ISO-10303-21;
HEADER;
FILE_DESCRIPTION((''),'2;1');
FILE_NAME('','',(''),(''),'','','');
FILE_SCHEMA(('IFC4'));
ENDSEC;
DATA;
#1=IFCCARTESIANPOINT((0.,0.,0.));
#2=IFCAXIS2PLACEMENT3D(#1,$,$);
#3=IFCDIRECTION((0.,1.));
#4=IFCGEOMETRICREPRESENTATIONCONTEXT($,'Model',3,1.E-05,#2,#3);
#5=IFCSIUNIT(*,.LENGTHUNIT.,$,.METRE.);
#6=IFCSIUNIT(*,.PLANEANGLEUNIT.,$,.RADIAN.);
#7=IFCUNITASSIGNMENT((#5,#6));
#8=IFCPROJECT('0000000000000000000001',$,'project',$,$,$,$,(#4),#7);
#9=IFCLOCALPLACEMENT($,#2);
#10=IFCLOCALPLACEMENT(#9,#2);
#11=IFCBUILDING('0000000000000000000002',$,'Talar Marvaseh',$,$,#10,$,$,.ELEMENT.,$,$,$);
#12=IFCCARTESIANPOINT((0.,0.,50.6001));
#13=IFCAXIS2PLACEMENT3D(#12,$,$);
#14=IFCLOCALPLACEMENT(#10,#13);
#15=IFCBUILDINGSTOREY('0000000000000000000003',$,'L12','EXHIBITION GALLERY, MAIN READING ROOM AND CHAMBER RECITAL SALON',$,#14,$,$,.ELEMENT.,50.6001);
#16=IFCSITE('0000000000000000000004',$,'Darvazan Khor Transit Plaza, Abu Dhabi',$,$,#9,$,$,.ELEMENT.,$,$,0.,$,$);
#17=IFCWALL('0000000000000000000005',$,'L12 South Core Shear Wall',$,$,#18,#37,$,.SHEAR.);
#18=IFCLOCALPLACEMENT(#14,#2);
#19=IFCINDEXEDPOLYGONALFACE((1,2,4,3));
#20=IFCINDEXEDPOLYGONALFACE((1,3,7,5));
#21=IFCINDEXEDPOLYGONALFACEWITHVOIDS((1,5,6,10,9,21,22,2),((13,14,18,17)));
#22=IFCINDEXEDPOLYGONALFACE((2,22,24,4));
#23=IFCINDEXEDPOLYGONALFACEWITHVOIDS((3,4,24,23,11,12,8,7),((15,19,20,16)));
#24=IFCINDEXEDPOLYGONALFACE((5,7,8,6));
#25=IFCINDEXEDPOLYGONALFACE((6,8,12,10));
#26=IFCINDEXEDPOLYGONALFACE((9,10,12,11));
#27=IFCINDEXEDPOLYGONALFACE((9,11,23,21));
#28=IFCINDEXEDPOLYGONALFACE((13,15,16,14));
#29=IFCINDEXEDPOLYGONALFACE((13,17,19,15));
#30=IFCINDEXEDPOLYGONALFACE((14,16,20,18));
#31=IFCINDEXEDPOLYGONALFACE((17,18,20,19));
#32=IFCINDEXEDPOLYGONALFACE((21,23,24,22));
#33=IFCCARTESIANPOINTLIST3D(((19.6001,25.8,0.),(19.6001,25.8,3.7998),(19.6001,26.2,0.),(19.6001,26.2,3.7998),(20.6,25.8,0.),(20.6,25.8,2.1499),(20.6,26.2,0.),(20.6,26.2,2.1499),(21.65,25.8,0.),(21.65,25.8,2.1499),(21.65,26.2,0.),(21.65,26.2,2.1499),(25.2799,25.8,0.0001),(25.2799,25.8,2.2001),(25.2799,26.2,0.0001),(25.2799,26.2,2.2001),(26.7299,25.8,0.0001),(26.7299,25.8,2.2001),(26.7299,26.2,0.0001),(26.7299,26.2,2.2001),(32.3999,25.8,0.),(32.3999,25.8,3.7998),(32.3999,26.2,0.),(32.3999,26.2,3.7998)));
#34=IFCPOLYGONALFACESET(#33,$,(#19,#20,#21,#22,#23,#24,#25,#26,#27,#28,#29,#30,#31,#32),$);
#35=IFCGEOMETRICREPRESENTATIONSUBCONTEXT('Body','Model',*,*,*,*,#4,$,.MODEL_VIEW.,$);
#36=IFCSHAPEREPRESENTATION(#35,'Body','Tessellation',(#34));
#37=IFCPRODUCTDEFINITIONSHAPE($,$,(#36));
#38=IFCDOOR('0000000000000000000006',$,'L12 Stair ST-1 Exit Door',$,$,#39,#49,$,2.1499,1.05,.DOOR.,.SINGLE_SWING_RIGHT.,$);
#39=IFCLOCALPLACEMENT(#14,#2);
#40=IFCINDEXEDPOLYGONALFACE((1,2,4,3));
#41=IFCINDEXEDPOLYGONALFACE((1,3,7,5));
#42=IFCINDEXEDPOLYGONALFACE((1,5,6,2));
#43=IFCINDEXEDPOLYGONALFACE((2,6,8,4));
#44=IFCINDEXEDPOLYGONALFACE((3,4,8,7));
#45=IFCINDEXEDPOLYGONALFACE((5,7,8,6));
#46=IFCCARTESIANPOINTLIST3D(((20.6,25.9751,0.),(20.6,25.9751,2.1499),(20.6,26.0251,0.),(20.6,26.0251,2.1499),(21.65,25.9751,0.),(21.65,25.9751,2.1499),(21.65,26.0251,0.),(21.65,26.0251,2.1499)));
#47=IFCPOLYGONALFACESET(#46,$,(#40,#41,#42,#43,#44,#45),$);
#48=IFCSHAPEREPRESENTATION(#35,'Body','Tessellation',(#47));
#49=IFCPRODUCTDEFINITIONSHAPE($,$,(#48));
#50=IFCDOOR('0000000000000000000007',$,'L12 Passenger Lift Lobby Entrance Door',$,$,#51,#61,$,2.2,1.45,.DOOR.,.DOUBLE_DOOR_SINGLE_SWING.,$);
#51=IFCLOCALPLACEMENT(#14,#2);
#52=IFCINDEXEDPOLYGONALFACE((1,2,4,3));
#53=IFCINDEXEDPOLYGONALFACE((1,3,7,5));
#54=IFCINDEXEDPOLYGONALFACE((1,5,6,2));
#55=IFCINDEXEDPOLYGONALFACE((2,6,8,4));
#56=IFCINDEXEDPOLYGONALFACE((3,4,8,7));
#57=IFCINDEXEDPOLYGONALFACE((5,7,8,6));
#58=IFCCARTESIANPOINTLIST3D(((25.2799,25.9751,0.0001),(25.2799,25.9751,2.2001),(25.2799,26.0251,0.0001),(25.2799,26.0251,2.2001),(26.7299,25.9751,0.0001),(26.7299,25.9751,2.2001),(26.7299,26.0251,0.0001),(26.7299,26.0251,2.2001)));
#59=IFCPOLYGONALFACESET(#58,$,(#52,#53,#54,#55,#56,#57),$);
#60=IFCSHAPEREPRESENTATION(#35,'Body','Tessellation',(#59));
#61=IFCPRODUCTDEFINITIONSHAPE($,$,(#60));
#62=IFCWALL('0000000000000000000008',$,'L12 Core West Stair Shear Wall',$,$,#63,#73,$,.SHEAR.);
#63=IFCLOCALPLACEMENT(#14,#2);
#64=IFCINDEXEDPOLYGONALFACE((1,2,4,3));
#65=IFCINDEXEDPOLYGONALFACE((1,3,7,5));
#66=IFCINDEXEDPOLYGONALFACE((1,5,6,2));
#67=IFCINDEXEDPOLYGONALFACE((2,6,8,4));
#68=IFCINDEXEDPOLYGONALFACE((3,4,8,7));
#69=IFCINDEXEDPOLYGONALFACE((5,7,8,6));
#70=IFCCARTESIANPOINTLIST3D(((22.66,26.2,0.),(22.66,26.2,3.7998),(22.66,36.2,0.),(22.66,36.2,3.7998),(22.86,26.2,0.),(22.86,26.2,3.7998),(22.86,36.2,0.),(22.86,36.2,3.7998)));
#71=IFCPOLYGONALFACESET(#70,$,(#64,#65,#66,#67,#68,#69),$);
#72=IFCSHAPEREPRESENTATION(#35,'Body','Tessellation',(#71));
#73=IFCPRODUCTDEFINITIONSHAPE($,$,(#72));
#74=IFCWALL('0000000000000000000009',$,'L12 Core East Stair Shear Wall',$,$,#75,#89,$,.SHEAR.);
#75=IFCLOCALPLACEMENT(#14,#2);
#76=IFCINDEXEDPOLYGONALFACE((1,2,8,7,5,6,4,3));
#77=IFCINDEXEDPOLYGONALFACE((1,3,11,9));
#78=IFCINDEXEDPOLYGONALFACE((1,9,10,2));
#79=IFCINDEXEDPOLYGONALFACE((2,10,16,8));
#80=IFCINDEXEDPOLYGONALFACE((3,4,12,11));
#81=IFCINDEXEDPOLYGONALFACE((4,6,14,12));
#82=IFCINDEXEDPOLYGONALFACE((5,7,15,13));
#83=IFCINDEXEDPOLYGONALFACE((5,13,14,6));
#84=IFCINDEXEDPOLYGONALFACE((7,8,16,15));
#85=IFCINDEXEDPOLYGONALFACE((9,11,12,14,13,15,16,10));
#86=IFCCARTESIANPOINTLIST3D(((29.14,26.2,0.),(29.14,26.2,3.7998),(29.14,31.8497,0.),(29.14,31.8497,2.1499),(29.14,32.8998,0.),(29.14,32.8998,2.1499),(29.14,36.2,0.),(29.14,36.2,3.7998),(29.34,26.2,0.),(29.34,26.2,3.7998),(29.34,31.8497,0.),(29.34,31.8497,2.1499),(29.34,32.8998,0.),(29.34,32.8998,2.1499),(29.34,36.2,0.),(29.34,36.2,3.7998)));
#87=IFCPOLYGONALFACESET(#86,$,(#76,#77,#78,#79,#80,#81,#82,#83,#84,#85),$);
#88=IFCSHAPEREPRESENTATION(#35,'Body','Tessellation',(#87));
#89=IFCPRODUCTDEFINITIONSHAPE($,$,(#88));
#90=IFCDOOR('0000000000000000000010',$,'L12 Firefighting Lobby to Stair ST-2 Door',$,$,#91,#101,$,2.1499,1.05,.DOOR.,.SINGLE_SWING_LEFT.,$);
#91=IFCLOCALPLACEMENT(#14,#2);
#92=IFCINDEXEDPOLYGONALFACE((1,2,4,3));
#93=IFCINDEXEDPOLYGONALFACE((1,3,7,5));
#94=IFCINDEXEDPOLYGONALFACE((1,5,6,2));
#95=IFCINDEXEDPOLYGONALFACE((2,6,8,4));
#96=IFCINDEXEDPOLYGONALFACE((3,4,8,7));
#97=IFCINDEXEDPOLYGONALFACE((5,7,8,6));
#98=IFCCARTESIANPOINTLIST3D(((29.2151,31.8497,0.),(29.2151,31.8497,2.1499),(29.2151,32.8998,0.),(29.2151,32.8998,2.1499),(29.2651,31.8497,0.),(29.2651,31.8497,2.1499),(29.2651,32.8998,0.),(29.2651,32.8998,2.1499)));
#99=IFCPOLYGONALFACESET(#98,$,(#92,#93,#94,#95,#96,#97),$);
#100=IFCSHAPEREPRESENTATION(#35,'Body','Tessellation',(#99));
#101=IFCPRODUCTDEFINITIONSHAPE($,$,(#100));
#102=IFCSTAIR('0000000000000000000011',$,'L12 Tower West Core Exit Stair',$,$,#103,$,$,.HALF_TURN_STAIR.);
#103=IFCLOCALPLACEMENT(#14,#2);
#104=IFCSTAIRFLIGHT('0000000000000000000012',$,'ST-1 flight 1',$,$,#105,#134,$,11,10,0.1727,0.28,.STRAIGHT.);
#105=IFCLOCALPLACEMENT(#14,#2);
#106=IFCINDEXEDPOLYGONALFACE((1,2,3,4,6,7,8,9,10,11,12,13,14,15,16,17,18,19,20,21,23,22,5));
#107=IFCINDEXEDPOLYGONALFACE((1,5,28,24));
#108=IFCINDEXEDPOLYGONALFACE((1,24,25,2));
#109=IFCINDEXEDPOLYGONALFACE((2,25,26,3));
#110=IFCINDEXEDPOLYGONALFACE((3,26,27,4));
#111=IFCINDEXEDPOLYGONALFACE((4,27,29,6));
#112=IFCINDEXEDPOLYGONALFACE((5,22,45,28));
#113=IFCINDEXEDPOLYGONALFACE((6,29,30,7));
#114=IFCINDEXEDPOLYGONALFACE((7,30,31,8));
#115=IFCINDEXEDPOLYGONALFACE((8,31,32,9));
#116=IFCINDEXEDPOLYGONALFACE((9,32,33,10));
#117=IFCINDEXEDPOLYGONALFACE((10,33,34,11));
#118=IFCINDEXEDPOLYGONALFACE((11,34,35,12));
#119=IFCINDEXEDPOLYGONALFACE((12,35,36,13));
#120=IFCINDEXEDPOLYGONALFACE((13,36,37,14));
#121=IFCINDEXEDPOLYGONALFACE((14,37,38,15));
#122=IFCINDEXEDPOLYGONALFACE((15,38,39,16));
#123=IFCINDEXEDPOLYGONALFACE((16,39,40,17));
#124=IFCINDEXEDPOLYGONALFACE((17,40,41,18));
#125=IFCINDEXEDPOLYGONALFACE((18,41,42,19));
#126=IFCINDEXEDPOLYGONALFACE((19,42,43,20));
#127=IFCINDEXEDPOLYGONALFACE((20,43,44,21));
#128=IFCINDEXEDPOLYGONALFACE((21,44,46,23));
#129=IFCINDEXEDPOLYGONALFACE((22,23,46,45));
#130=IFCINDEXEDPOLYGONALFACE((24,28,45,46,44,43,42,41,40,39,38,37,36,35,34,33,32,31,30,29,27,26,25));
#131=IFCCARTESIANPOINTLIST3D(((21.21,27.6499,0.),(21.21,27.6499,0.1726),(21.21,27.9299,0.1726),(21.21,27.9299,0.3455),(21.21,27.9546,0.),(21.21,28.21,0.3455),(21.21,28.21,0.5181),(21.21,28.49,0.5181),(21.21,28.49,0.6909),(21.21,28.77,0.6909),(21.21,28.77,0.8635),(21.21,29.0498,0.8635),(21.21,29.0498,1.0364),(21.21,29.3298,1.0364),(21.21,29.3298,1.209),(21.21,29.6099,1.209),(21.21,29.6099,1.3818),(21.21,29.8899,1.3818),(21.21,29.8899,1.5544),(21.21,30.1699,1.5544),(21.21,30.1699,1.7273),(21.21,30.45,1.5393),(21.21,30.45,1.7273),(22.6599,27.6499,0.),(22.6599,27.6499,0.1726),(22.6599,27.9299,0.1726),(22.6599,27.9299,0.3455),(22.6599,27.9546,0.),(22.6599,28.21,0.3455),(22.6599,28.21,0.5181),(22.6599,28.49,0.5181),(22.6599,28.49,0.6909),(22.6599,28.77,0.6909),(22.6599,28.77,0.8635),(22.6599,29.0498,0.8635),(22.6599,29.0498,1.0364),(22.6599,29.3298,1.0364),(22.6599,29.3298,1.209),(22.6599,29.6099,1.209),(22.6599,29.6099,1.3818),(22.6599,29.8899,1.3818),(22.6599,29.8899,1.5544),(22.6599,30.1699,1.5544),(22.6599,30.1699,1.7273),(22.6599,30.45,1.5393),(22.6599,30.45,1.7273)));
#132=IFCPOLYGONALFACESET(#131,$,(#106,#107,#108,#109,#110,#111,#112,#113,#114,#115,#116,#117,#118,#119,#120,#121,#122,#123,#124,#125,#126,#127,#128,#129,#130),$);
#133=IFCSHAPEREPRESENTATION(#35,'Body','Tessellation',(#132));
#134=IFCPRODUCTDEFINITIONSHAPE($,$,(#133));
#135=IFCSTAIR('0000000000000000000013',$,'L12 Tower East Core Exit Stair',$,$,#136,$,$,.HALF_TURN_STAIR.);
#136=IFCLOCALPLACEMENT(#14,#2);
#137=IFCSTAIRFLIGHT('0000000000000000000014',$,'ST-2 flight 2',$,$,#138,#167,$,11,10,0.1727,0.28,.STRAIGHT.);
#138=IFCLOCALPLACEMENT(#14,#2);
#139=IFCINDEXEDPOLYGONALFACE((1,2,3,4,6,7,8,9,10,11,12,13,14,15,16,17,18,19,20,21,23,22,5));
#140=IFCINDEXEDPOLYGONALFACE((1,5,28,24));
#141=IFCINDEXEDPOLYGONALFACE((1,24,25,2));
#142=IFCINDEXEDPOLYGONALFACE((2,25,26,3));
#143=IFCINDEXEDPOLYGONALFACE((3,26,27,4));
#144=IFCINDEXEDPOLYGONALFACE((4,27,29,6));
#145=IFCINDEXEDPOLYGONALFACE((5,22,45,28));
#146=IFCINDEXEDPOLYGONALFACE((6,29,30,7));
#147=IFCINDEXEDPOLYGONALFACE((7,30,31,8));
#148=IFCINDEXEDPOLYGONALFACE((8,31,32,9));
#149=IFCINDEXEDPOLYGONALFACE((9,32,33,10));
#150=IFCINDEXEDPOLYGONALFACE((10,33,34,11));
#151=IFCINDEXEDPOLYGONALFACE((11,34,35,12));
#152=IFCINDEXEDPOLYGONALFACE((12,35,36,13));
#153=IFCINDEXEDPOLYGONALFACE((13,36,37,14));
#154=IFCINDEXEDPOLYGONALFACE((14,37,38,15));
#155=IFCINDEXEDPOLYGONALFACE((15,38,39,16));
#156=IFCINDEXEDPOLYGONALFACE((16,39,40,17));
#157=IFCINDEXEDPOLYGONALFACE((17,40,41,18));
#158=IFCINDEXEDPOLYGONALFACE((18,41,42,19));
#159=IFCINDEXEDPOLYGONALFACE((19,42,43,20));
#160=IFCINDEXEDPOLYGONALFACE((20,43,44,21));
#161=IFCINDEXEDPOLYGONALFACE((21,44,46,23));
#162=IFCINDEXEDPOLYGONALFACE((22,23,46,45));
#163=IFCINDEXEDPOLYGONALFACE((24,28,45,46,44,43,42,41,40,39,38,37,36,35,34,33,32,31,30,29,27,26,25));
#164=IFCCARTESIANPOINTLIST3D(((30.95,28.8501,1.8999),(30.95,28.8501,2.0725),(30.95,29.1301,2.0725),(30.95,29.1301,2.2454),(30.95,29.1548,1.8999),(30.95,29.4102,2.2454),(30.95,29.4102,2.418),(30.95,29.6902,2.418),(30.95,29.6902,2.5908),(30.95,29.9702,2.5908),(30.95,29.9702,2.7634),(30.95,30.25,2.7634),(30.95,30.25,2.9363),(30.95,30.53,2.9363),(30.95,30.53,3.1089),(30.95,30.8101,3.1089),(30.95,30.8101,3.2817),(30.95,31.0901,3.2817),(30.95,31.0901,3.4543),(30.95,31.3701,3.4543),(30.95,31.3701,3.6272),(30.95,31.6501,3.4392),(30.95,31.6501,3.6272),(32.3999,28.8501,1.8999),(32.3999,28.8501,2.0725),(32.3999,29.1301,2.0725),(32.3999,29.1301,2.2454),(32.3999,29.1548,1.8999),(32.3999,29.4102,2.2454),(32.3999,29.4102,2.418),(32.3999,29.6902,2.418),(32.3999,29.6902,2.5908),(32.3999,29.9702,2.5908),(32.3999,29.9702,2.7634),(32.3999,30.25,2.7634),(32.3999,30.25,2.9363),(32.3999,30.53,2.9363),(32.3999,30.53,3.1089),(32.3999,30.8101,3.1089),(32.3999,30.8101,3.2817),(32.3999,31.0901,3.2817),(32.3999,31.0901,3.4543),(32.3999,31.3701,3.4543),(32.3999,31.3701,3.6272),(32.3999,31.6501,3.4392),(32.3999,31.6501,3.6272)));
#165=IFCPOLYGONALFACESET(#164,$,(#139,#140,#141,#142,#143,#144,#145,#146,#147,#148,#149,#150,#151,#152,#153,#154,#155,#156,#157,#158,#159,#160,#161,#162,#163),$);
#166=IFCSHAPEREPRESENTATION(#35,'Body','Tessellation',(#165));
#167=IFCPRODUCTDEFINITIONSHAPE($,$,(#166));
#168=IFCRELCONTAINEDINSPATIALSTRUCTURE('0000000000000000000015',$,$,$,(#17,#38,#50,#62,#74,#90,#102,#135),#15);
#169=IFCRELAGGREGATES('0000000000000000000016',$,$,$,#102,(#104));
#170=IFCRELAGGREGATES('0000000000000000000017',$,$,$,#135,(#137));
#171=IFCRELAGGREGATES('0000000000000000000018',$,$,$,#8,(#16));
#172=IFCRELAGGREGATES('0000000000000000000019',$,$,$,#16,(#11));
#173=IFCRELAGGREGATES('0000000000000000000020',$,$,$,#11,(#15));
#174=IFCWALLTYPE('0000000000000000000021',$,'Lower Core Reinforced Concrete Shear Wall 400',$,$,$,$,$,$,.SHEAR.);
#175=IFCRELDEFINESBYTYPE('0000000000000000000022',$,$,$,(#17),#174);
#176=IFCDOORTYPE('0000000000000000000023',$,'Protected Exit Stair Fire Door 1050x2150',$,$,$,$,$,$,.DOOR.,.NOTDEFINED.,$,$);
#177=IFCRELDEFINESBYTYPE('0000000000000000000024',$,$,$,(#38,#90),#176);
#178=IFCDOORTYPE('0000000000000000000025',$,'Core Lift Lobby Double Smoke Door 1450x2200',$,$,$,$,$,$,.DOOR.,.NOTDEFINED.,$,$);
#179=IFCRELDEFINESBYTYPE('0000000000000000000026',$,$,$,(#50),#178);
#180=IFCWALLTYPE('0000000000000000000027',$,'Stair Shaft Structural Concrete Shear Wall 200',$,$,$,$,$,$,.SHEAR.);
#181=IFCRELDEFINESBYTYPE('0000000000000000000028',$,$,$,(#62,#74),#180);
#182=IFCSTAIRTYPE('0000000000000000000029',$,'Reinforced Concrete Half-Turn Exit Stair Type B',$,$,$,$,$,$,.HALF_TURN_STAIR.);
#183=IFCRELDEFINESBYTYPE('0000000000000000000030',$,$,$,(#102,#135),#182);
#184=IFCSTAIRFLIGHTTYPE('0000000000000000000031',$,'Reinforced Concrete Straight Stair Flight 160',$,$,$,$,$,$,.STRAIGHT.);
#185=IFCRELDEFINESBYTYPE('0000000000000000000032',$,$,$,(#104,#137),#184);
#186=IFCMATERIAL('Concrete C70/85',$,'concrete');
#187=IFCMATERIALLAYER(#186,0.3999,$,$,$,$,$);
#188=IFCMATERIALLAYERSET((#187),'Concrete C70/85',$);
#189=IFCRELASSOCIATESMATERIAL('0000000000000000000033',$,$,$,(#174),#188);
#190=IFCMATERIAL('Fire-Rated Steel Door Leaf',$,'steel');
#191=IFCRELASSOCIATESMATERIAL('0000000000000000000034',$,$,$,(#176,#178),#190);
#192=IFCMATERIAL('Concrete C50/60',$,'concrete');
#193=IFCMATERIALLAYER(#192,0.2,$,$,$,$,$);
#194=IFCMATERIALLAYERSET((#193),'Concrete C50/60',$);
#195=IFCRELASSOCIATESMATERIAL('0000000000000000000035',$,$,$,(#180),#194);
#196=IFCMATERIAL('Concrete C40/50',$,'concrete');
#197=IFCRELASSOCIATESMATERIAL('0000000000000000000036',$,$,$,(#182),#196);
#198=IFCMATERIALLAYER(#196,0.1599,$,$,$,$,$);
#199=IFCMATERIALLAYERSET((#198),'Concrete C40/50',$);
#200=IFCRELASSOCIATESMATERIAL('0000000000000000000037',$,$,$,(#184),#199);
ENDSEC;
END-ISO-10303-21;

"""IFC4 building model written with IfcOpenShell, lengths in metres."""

from ifc_helpers import new_model, si_unit, direction, frame, frame_2d, origin, place, context, subcontext, project, spatial, polyline, rectangle, outline, extrude, source, transform, mapped, material, layer, layer_set, type_object, type_shapes, element, fill, aggregate, save


model = new_model("IFC4")

# Units and contexts
model_context = context("Model", 3, precision=1e-05, world=origin(), true_north=direction((0.0, 1.0)))
body_context = subcontext(model_context, "Body", "Model", "MODEL_VIEW")
ifc_project = project(units=[si_unit("LENGTHUNIT", "METRE"), si_unit("PLANEANGLEUNIT", "RADIAN")], contexts=[model_context])

# Site, building, storey
site_placement = place(None, origin())
site = spatial("IfcSite", under=ifc_project, at=site_placement, Name="Darvazan Khor Transit Plaza, Abu Dhabi", CompositionType="ELEMENT", RefElevation=0.0)
building_placement = place(site_placement, origin())
building = spatial("IfcBuilding", under=site, at=building_placement, Name="Talar Marvaseh", CompositionType="ELEMENT")
storey_placement = place(building_placement, frame((0.0, 0.0, 50.6001)))
storey = spatial("IfcBuildingStorey", under=building, at=storey_placement, Name="L12", Description="EXHIBITION GALLERY, MAIN READING ROOM AND CHAMBER RECITAL SALON", CompositionType="ELEMENT", Elevation=50.6001)

# Shared definitions
ifc_material_1 = material(Name="Concrete C40/50", Category="concrete")

# Shared definitions
ifc_material_2 = material(Name="Fire-Rated Steel Door Leaf", Category="steel")

# Wall, openings, doors
ifc_material_3 = material(Name="Concrete C70/85", Category="concrete")
ifc_layer_1 = layer(ifc_material_3, 0.3999)
ifc_layer_set_1 = layer_set([ifc_layer_1], Name="Concrete C70/85")
wall_type_1 = type_object("IfcWallType", Name="Lower Core Reinforced Concrete Shear Wall 400", PredefinedType="SHEAR", material=ifc_layer_set_1)
wall_1_placement = place(storey_placement, frame((32.3999, 26.0, 0.0), z_axis=(0.0, 0.0, 1.0), x_axis=(-1.0, 0.0, 0.0)))
wall_1 = element("IfcWall", 1, at=wall_1_placement, inside=storey, type_object=wall_type_1, Name="L12 South Core Shear Wall", PredefinedType="SHEAR", context=body_context, shape_type="SweptSolid", body=[
    extrude(rectangle(XDim=12.7998, YDim=0.3999, at=frame_2d((6.3999, 0.0))), origin(), (0.0, 0.0, 1.0), 3.7998),
])
opening_1_placement = place(wall_1_placement, frame((10.75, 0.0, 0.0)))
opening_1 = element("IfcOpeningElement", 2, at=opening_1_placement, cuts=wall_1, PredefinedType="OPENING", context=body_context, shape_type="SweptSolid", body=[
    extrude(rectangle(XDim=1.05, YDim=2.1499, at=frame_2d((0.5249, 1.075))), frame((0.0, 0.21, 0.0), z_axis=(0.0, -1.0, 0.0), x_axis=(1.0, 0.0, 0.0)), (0.0, 0.0, 1.0), 0.4199),
])
opening_2_placement = place(wall_1_placement, frame((5.6699, 0.0, 0.0)))
opening_2 = element("IfcOpeningElement", 3, at=opening_2_placement, cuts=wall_1, PredefinedType="OPENING", context=body_context, shape_type="SweptSolid", body=[
    extrude(rectangle(XDim=1.45, YDim=2.2, at=frame_2d((0.7251, 1.1001))), frame((0.0, 0.21, 0.0), z_axis=(0.0, -1.0, 0.0), x_axis=(1.0, 0.0, 0.0)), (0.0, 0.0, 1.0), 0.4199),
])
door_type_1 = type_object("IfcDoorType", Name="Protected Exit Stair Fire Door 1050x2150", OperationType="NOTDEFINED", PredefinedType="DOOR", material=ifc_material_2)
shared_shape_1 = source(origin(), body_context, "Body", "SweptSolid", [
    extrude(rectangle(XDim=1.05, YDim=2.1499, at=frame_2d((0.5249, 1.075))), frame((0.0, 0.0249, 0.0), z_axis=(0.0, -1.0, 0.0), x_axis=(1.0, 0.0, 0.0)), (0.0, 0.0, 1.0), 0.05),
])
type_shapes(door_type_1, [shared_shape_1])
door_1_placement = place(opening_1_placement, origin())
door_1 = element("IfcDoor", 4, at=door_1_placement, inside=storey, type_object=door_type_1, Name="L12 Stair ST-1 Exit Door", OperationType="SINGLE_SWING_RIGHT", OverallHeight=2.1499, OverallWidth=1.05, PredefinedType="DOOR", context=body_context, shape_type="MappedRepresentation", body=[
    mapped(shared_shape_1, transform((0.0, 0.0, 0.0), x_axis=(1.0, 0.0, 0.0), y_axis=(0.0, 1.0, 0.0), z_axis=(0.0, 0.0, 1.0), scale=1.0)),
])
fill(opening_1, door_1)
door_type_2 = type_object("IfcDoorType", Name="Core Lift Lobby Double Smoke Door 1450x2200", OperationType="NOTDEFINED", PredefinedType="DOOR", material=ifc_material_2)
shared_shape_2 = source(origin(), body_context, "Body", "SweptSolid", [
    extrude(rectangle(XDim=1.45, YDim=2.2, at=frame_2d((0.7251, 1.1001))), frame((0.0, 0.0249, 0.0), z_axis=(0.0, -1.0, 0.0), x_axis=(1.0, 0.0, 0.0)), (0.0, 0.0, 1.0), 0.05),
])
type_shapes(door_type_2, [shared_shape_2])
door_2_placement = place(opening_2_placement, origin())
door_2 = element("IfcDoor", 5, at=door_2_placement, inside=storey, type_object=door_type_2, Name="L12 Passenger Lift Lobby Entrance Door", OperationType="DOUBLE_DOOR_SINGLE_SWING", OverallHeight=2.2, OverallWidth=1.45, PredefinedType="DOOR", context=body_context, shape_type="MappedRepresentation", body=[
    mapped(shared_shape_2, transform((0.0, 0.0, 0.0), x_axis=(1.0, 0.0, 0.0), y_axis=(0.0, 1.0, 0.0), z_axis=(0.0, 0.0, 1.0), scale=1.0)),
])
fill(opening_2, door_2)

# Wall
ifc_material_4 = material(Name="Concrete C50/60", Category="concrete")
ifc_layer_2 = layer(ifc_material_4, 0.2)
ifc_layer_set_2 = layer_set([ifc_layer_2], Name="Concrete C50/60")
wall_type_2 = type_object("IfcWallType", Name="Stair Shaft Structural Concrete Shear Wall 200", PredefinedType="SHEAR", material=ifc_layer_set_2)
wall_2_placement = place(storey_placement, frame((22.76, 26.2, 0.0), z_axis=(0.0, 0.0, 1.0), x_axis=(0.0, 1.0, 0.0)))
element("IfcWall", 6, at=wall_2_placement, inside=storey, type_object=wall_type_2, Name="L12 Core West Stair Shear Wall", PredefinedType="SHEAR", context=body_context, shape_type="SweptSolid", body=[
    extrude(rectangle(XDim=10.0, YDim=0.2, at=frame_2d((5.0, 0.0))), origin(), (0.0, 0.0, 1.0), 3.7998),
])

# Wall, opening, door
wall_3_placement = place(storey_placement, frame((29.24, 26.2, 0.0), z_axis=(0.0, 0.0, 1.0), x_axis=(0.0, 1.0, 0.0)))
wall_3 = element("IfcWall", 7, at=wall_3_placement, inside=storey, type_object=wall_type_2, Name="L12 Core East Stair Shear Wall", PredefinedType="SHEAR", context=body_context, shape_type="SweptSolid", body=[
    extrude(rectangle(XDim=10.0, YDim=0.2, at=frame_2d((5.0, 0.0))), origin(), (0.0, 0.0, 1.0), 3.7998),
])
opening_3_placement = place(wall_3_placement, frame((5.6499, 0.0, 0.0)))
opening_3 = element("IfcOpeningElement", 8, at=opening_3_placement, cuts=wall_3, PredefinedType="OPENING", context=body_context, shape_type="SweptSolid", body=[
    extrude(rectangle(XDim=1.05, YDim=2.1499, at=frame_2d((0.5249, 1.075))), frame((0.0, 0.1099, 0.0), z_axis=(0.0, -1.0, 0.0), x_axis=(1.0, 0.0, 0.0)), (0.0, 0.0, 1.0), 0.22),
])
door_3_placement = place(opening_3_placement, origin())
door_3 = element("IfcDoor", 9, at=door_3_placement, inside=storey, type_object=door_type_1, Name="L12 Firefighting Lobby to Stair ST-2 Door", OperationType="SINGLE_SWING_LEFT", OverallHeight=2.1499, OverallWidth=1.05, PredefinedType="DOOR", context=body_context, shape_type="MappedRepresentation", body=[
    mapped(shared_shape_1, transform((0.0, 0.0, 0.0), x_axis=(1.0, 0.0, 0.0), y_axis=(0.0, 1.0, 0.0), z_axis=(0.0, 0.0, 1.0), scale=1.0)),
])
fill(opening_3, door_3)

# Stairs, stair flights
stair_type = type_object("IfcStairType", Name="Reinforced Concrete Half-Turn Exit Stair Type B", PredefinedType="HALF_TURN_STAIR", material=ifc_material_1)
stair_1_placement = place(storey_placement, origin())
stair_1 = element("IfcStair", 10, at=stair_1_placement, inside=storey, type_object=stair_type, Name="L12 Tower West Core Exit Stair", PredefinedType="HALF_TURN_STAIR")
ifc_layer_3 = layer(ifc_material_1, 0.1599)
ifc_layer_set_3 = layer_set([ifc_layer_3], Name="Concrete C40/50")
stair_flight_type = type_object("IfcStairFlightType", Name="Reinforced Concrete Straight Stair Flight 160", PredefinedType="STRAIGHT", material=ifc_layer_set_3)
stair_flight_1_placement = place(storey_placement, frame((21.9351, 27.6499, 0.0), z_axis=(0.0, 0.0, 1.0), x_axis=(0.0, 1.0, 0.0)))
stair_flight_1 = element("IfcStairFlight", 11, at=stair_flight_1_placement, type_object=stair_flight_type, Name="ST-1 flight 1", NumberOfRisers=11, NumberOfTreads=10, PredefinedType="STRAIGHT", RiserHeight=0.1727, TreadLength=0.28, context=body_context, shape_type="SweptSolid", body=[
    extrude(outline(polyline([(0.0, 0.0), (0.0, 0.1726), (0.28, 0.1726), (0.28, 0.3455), (0.5601, 0.3455), (0.5601, 0.5181), (0.8401, 0.5181), (0.8401, 0.6909), (1.1201, 0.6909), (1.1201, 0.8635), (1.3999, 0.8635), (1.3999, 1.0364), (1.6799, 1.0364), (1.6799, 1.209), (1.96, 1.209), (1.96, 1.3818), (2.24, 1.3818), (2.24, 1.5544), (2.52, 1.5544), (2.52, 1.7273), (2.8, 1.7273), (2.8, 1.8999), (2.8, 1.5393), (0.3047, 0.0), (0.0, 0.0)])), frame((0.0, 0.7251, 0.0), z_axis=(0.0, -1.0, 0.0), x_axis=(1.0, 0.0, 0.0)), (0.0, 0.0, 1.0), 1.45),
])
aggregate(stair_1, [stair_flight_1])
stair_2_placement = place(storey_placement, origin())
stair_2 = element("IfcStair", 12, at=stair_2_placement, inside=storey, type_object=stair_type, Name="L12 Tower East Core Exit Stair", PredefinedType="HALF_TURN_STAIR")
stair_flight_2_placement = place(storey_placement, frame((31.675, 28.8501, 1.8999), z_axis=(0.0, 0.0, 1.0), x_axis=(0.0, 1.0, 0.0)))
stair_flight_2 = element("IfcStairFlight", 13, at=stair_flight_2_placement, type_object=stair_flight_type, Name="ST-2 flight 2", NumberOfRisers=11, NumberOfTreads=10, PredefinedType="STRAIGHT", RiserHeight=0.1727, TreadLength=0.28, context=body_context, shape_type="SweptSolid", body=[
    extrude(outline(polyline([(0.0, 0.0), (0.0, 0.1726), (0.28, 0.1726), (0.28, 0.3455), (0.5601, 0.3455), (0.5601, 0.5181), (0.8401, 0.5181), (0.8401, 0.6909), (1.1201, 0.6909), (1.1201, 0.8635), (1.3999, 0.8635), (1.3999, 1.0364), (1.6799, 1.0364), (1.6799, 1.209), (1.96, 1.209), (1.96, 1.3818), (2.24, 1.3818), (2.24, 1.5544), (2.52, 1.5544), (2.52, 1.7273), (2.8, 1.7273), (2.8, 1.8999), (2.8, 1.5393), (0.3047, 0.0), (0.0, 0.0)])), frame((0.0, 0.7251, 0.0), z_axis=(0.0, -1.0, 0.0), x_axis=(1.0, 0.0, 0.0)), (0.0, 0.0, 1.0), 1.45),
])
aggregate(stair_2, [stair_flight_2])

save(model, "model.ifc")
